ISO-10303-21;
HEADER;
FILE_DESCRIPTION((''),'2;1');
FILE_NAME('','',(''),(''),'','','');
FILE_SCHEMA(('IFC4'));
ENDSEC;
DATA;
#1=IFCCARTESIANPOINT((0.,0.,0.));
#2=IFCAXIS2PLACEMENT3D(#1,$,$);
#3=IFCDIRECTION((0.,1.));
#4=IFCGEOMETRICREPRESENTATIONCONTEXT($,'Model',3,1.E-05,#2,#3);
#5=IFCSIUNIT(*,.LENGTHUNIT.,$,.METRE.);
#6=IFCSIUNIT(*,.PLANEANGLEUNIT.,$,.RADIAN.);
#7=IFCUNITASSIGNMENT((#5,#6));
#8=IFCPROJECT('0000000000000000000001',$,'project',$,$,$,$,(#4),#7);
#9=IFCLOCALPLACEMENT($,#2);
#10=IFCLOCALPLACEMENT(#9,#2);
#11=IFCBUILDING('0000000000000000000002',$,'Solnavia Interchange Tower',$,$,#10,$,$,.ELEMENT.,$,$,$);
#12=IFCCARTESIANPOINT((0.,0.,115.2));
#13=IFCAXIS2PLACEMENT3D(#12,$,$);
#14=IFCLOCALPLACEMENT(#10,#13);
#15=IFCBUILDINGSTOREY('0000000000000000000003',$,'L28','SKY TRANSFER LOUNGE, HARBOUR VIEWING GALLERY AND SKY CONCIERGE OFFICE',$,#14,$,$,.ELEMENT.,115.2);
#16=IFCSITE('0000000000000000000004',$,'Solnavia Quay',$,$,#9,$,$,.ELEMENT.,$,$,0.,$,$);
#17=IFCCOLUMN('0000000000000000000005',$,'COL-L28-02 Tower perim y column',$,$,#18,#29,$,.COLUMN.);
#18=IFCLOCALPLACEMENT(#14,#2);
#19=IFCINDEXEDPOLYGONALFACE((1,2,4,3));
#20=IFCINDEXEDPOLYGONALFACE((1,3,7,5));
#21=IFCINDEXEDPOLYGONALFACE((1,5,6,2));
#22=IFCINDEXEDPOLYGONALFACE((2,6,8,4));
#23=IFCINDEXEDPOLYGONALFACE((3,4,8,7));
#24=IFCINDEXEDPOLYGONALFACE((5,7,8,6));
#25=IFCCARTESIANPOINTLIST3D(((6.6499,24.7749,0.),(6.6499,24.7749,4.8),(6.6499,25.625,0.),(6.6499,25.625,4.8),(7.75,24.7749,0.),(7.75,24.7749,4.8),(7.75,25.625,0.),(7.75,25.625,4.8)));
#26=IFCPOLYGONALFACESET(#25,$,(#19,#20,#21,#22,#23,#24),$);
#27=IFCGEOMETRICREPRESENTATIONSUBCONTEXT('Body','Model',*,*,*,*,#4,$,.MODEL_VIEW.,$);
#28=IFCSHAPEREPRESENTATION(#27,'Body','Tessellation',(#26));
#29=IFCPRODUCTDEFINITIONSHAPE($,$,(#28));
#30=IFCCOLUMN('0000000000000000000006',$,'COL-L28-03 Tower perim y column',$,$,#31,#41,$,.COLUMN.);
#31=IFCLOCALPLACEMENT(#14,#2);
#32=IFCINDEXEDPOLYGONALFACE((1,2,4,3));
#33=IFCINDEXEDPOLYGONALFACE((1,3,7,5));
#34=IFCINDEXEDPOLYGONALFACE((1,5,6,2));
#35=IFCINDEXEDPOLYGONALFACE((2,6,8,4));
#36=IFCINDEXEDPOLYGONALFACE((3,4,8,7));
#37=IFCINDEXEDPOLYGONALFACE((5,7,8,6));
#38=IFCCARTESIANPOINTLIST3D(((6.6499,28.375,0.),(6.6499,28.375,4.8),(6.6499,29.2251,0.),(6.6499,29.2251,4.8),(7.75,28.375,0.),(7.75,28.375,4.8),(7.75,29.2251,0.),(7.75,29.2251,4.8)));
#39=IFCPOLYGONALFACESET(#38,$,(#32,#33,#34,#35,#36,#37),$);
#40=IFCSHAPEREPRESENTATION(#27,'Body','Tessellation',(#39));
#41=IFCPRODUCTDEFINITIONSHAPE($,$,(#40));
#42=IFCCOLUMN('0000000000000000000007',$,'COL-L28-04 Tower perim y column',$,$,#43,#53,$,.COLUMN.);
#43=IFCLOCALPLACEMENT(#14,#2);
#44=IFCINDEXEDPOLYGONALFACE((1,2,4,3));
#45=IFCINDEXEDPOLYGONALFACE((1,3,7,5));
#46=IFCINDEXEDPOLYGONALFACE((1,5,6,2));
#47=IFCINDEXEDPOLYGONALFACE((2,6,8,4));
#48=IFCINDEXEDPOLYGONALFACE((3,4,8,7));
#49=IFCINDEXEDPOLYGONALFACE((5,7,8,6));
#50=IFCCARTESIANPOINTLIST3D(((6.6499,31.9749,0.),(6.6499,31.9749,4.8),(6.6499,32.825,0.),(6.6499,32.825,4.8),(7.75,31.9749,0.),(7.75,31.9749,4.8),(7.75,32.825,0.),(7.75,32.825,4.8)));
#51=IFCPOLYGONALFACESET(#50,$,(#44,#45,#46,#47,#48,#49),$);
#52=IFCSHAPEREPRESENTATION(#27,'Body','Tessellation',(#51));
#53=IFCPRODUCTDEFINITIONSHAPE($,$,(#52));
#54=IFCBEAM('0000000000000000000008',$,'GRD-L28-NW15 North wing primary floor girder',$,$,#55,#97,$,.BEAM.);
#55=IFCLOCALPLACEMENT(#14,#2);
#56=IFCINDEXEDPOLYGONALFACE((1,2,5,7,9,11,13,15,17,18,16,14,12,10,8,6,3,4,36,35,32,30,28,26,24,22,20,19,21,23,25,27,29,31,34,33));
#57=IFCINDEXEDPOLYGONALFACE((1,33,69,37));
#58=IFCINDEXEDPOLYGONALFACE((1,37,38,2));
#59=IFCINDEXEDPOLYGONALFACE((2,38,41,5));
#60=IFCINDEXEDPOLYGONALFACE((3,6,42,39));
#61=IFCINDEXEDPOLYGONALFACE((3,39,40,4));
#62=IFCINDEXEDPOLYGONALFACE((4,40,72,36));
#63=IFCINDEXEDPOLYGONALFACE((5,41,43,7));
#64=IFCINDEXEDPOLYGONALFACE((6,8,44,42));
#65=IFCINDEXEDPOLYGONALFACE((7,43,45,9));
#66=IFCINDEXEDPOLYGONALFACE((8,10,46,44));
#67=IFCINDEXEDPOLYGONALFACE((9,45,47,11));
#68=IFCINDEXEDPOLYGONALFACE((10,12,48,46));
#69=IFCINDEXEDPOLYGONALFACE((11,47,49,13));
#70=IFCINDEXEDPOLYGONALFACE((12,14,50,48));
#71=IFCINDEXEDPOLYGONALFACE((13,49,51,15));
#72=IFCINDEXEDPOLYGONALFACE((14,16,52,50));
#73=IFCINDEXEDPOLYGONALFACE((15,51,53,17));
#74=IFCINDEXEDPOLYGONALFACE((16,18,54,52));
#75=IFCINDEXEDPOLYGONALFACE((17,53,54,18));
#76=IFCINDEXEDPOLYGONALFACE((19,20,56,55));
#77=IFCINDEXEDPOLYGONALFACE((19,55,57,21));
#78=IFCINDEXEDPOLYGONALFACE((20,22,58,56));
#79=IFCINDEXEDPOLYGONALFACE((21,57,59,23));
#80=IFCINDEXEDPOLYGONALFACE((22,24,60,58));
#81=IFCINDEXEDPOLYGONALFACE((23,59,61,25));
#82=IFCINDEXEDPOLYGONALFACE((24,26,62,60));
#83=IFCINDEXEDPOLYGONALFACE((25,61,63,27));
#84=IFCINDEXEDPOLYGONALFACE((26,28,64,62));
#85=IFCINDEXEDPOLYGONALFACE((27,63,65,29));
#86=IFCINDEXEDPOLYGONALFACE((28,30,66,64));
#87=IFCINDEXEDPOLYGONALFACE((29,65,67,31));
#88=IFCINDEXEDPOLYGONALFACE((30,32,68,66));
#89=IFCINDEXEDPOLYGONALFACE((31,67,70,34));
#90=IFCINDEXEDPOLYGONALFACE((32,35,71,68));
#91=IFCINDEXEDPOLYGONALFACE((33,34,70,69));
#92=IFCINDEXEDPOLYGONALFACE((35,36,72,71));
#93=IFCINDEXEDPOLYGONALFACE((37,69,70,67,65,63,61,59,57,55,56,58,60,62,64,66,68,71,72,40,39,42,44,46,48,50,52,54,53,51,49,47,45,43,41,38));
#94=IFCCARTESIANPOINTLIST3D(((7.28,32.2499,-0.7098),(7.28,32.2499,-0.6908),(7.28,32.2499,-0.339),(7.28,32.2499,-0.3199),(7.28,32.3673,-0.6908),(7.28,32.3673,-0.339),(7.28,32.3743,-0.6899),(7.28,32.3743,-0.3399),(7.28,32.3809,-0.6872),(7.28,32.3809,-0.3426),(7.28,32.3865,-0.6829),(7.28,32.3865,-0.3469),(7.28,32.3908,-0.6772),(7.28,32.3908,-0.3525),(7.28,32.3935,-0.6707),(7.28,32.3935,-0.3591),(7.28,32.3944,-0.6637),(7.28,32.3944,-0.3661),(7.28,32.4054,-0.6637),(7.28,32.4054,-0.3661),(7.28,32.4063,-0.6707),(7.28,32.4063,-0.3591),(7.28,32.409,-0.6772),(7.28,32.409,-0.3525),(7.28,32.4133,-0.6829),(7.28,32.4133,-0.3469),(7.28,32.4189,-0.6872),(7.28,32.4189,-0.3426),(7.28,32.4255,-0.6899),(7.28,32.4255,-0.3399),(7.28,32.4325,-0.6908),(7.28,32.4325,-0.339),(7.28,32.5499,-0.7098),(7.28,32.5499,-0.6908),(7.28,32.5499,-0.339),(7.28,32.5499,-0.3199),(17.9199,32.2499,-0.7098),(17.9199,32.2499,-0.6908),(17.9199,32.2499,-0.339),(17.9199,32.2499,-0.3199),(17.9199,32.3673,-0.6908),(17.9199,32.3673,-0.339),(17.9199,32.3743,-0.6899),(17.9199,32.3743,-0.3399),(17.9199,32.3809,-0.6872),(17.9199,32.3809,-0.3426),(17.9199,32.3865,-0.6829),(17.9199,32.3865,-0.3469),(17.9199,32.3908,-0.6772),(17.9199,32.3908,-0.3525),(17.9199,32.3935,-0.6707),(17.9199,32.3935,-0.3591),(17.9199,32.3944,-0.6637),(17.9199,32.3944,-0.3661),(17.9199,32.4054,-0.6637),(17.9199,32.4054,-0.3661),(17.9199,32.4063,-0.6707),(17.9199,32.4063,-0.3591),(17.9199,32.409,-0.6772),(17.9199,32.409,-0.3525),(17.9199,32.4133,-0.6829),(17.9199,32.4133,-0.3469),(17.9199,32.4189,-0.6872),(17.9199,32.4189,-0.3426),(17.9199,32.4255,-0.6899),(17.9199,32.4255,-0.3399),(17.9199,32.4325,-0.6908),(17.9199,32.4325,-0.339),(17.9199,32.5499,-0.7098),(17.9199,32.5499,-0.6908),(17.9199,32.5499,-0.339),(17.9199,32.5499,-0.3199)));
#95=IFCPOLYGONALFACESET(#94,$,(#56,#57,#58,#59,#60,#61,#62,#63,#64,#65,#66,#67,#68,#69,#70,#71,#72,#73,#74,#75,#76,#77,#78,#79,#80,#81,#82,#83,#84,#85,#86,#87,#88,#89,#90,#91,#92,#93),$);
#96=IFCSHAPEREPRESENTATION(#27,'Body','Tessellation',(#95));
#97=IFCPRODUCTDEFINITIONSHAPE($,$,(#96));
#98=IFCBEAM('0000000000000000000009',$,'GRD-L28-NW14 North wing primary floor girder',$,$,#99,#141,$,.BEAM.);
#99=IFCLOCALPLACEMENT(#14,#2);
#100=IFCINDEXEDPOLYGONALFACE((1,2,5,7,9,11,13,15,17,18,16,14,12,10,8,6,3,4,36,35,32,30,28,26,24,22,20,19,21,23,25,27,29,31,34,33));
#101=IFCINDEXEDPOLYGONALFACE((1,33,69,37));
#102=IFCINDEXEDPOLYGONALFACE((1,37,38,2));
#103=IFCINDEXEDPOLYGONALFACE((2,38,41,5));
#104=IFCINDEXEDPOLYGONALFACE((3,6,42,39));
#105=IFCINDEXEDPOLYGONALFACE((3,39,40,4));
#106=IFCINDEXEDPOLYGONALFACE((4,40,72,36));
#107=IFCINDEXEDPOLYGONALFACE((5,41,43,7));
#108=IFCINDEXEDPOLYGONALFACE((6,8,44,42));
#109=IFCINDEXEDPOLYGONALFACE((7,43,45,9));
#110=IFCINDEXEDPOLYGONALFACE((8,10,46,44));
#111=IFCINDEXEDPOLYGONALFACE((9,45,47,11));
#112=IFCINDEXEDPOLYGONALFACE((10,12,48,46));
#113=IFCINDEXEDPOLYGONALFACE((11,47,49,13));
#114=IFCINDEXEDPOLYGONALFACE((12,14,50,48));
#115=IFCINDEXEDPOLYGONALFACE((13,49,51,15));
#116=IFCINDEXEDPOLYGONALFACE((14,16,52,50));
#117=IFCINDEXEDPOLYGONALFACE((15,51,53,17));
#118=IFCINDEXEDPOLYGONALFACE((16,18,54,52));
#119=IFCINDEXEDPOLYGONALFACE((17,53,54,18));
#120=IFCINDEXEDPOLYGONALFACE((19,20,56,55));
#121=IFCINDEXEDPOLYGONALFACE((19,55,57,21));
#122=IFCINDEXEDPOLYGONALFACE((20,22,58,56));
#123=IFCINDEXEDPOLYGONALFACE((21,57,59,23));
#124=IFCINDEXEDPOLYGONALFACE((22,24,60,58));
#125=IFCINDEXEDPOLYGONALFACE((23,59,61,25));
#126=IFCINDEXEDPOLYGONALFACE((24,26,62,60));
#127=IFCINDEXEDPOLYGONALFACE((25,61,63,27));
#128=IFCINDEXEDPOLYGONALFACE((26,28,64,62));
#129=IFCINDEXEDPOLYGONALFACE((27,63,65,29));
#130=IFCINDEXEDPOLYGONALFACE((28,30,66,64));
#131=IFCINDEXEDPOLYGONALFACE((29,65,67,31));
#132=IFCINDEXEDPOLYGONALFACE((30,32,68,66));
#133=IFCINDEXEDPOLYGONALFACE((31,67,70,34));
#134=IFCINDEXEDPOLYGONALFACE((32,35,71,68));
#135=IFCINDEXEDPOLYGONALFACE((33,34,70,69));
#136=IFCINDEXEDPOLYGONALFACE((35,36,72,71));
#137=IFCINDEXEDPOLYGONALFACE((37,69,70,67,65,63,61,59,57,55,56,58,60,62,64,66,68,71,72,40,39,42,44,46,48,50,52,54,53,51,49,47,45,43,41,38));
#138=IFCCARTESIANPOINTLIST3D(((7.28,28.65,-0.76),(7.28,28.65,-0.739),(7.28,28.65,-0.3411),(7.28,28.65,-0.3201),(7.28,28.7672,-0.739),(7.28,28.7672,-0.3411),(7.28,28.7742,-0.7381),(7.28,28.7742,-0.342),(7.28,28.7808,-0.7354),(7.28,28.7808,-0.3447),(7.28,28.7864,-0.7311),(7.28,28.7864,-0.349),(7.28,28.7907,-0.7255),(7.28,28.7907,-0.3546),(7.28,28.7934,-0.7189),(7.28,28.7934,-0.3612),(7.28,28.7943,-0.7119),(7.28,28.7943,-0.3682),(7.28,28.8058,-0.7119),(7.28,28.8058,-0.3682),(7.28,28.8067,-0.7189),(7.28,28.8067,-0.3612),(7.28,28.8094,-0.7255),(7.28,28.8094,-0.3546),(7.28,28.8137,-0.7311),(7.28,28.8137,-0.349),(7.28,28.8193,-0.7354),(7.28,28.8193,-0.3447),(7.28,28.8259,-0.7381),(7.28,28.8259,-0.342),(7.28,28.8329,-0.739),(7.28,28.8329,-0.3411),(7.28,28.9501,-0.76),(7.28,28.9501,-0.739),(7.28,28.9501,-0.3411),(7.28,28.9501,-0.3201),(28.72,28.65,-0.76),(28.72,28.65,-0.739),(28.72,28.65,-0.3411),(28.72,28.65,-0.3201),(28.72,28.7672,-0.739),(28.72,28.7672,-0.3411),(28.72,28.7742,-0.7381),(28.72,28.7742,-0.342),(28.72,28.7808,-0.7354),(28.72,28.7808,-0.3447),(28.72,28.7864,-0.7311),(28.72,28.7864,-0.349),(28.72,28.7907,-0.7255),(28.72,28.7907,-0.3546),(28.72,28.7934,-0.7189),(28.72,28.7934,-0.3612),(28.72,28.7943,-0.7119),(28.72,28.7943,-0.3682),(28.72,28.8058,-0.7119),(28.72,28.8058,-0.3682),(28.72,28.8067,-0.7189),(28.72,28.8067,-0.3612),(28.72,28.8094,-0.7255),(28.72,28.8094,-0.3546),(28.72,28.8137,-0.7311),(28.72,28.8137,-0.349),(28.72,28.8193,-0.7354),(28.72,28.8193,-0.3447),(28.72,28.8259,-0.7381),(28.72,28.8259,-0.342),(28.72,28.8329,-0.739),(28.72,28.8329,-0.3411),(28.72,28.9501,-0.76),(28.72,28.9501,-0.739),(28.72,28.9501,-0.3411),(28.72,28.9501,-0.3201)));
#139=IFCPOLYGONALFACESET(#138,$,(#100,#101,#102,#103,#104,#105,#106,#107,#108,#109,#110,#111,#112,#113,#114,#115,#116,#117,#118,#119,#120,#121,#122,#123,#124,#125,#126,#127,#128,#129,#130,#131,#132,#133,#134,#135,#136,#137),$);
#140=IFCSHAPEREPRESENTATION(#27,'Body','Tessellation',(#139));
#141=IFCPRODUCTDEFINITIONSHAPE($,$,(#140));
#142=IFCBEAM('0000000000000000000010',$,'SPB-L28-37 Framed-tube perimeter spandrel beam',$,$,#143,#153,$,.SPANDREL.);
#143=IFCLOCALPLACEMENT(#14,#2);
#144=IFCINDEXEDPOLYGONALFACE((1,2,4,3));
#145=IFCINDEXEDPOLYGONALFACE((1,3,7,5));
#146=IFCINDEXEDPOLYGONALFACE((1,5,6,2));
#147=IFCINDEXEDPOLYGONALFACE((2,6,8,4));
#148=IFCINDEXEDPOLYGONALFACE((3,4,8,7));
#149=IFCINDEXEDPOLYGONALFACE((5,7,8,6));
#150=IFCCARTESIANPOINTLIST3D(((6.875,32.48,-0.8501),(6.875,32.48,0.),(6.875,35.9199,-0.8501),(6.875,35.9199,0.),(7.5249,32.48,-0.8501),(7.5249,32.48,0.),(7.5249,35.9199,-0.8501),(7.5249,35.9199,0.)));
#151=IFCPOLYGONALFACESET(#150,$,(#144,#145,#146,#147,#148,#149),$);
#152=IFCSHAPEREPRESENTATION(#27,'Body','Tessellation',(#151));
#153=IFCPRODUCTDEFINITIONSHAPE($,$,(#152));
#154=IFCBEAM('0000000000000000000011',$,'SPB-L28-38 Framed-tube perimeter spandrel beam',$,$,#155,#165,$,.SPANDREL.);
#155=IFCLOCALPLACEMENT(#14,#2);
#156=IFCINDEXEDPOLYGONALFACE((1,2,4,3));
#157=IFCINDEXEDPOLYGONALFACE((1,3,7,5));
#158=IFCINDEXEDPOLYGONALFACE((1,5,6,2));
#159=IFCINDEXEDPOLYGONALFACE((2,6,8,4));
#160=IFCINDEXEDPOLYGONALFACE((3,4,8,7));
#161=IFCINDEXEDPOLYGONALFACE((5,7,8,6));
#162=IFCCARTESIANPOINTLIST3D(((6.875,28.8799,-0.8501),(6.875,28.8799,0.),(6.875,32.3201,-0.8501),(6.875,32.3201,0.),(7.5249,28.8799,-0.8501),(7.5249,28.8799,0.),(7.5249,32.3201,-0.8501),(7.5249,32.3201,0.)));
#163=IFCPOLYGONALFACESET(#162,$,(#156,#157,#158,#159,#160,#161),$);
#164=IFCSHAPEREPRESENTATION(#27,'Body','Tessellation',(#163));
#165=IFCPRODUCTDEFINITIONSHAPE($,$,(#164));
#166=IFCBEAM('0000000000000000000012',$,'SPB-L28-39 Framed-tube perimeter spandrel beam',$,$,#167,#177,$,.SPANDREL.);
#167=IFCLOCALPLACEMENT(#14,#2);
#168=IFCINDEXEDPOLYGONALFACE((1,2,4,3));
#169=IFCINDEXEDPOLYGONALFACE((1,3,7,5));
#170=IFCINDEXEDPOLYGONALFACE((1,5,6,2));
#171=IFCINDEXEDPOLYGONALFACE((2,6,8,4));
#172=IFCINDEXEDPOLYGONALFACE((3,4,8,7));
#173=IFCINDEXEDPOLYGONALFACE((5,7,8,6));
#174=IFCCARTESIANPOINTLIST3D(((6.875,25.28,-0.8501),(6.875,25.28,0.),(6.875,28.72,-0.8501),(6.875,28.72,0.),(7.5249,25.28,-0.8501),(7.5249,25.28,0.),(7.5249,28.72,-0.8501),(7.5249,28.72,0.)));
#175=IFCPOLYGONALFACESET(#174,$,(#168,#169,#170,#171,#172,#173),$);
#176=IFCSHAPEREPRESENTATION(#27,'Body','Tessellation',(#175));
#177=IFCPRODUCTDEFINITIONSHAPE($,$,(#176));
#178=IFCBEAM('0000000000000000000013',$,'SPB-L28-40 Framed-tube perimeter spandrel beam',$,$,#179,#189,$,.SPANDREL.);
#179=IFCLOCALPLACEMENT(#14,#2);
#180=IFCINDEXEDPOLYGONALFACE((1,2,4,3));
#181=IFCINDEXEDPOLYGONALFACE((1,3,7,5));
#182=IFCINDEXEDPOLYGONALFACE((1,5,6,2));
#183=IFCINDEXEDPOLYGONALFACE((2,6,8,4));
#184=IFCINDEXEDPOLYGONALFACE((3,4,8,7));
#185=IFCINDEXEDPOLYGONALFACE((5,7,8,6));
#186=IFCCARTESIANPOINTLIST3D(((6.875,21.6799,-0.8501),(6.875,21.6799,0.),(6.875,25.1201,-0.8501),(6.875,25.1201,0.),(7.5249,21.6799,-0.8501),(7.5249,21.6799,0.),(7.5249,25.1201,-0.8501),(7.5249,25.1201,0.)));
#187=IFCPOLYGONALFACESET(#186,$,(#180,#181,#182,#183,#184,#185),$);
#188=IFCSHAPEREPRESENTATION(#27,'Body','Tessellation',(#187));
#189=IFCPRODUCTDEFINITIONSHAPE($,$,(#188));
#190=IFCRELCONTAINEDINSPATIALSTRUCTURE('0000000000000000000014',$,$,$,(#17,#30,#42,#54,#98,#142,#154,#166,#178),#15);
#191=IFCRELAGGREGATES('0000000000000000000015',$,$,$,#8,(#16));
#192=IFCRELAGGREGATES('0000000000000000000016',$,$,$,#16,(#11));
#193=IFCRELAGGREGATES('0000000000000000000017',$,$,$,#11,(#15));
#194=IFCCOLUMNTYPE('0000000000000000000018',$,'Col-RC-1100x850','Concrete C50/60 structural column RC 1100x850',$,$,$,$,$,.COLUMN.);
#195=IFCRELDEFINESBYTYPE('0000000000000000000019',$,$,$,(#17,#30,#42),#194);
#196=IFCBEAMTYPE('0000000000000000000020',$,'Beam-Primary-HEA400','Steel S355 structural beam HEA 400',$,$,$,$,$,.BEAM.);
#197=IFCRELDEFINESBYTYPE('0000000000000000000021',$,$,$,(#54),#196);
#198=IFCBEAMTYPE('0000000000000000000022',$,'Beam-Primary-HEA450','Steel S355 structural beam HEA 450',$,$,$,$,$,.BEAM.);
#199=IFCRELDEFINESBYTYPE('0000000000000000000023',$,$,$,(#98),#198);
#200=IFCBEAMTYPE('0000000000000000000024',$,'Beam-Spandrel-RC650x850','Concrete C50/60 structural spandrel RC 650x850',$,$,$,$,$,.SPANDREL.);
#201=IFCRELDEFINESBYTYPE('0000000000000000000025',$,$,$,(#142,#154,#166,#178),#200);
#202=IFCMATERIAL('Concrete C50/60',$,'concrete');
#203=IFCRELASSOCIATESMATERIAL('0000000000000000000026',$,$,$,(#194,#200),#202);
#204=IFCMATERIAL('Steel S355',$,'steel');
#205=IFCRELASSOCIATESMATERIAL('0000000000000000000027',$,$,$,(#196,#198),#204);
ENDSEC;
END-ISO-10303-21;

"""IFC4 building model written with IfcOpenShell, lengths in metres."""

from ifc_helpers import new_model, si_unit, direction, frame, origin, origin_2d, place, context, subcontext, project, spatial, rectangle, i_section, extrude, material, material_profile, profile_set, type_object, element, save


model = new_model("IFC4")

# Units and contexts
model_context = context("Model", 3, precision=1e-05, world=origin(), true_north=direction((0.0, 1.0)))
body_context = subcontext(model_context, "Body", "Model", "MODEL_VIEW")
ifc_project = project(units=[si_unit("LENGTHUNIT", "METRE"), si_unit("PLANEANGLEUNIT", "RADIAN")], contexts=[model_context])

# Site, building, storey
site_placement = place(None, origin())
site = spatial("IfcSite", under=ifc_project, at=site_placement, Name="Solnavia Quay", CompositionType="ELEMENT", RefElevation=0.0)
building_placement = place(site_placement, origin())
building = spatial("IfcBuilding", under=site, at=building_placement, Name="Solnavia Interchange Tower", CompositionType="ELEMENT")
storey_placement = place(building_placement, frame((0.0, 0.0, 115.2)))
storey = spatial("IfcBuildingStorey", under=building, at=storey_placement, Name="L28", Description="SKY TRANSFER LOUNGE, HARBOUR VIEWING GALLERY AND SKY CONCIERGE OFFICE", CompositionType="ELEMENT", Elevation=115.2)

# Columns
ifc_material_1 = material(Name="Concrete C50/60", Category="concrete")
ifc_material_profile_1 = material_profile(ifc_material_1, rectangle(XDim=0.8501, YDim=1.1001, at=origin_2d()), Name="RC 1100x850")
ifc_profile_set_1 = profile_set([ifc_material_profile_1], Name="Concrete C50/60")
column_type = type_object("IfcColumnType", Name="Col-RC-1100x850", Description="Concrete C50/60 structural column RC 1100x850", PredefinedType="COLUMN", material=ifc_profile_set_1)
for number, where, z_axis, x_axis, name in (
    (1, (7.2, 25.2, 0.0), (0.0, 0.0, 1.0), (0.0, 1.0, 0.0), "COL-L28-02 Tower perim y column"),
    (2, (7.2, 28.8, 0.0), (0.0, 0.0, 1.0), (0.0, 1.0, 0.0), "COL-L28-03 Tower perim y column"),
    (3, (7.2, 32.3999, 0.0), (0.0, 0.0, 1.0), (0.0, 1.0, 0.0), "COL-L28-04 Tower perim y column"),
):
    element("IfcColumn", number, at=place(storey_placement, frame(where, z_axis=z_axis, x_axis=x_axis)), inside=storey, type_object=column_type, Name=name, PredefinedType="COLUMN", context=body_context, shape_type="SweptSolid", body=[
        extrude(rectangle(XDim=0.8501, YDim=1.1001, at=origin_2d()), origin(), (0.0, 0.0, 1.0), 4.8),
    ])

# Beams
ifc_material_2 = material(Name="Steel S355", Category="steel")
ifc_material_profile_2 = material_profile(ifc_material_2, i_section(OverallWidth=0.3, OverallDepth=0.3899, WebThickness=0.011, FlangeThickness=0.019, FilletRadius=0.0271, at=origin_2d()), Name="HEA 400")
ifc_profile_set_2 = profile_set([ifc_material_profile_2], Name="Steel S355")
beam_type_1 = type_object("IfcBeamType", Name="Beam-Primary-HEA400", Description="Steel S355 structural beam HEA 400", PredefinedType="BEAM", material=ifc_profile_set_2)
beam_1_placement = place(storey_placement, frame((7.28, 32.3999, -0.5149), z_axis=(1.0, 0.0, 0.0), x_axis=(0.0, 1.0, 0.0)))
element("IfcBeam", 4, at=beam_1_placement, inside=storey, type_object=beam_type_1, Name="GRD-L28-NW15 North wing primary floor girder", PredefinedType="BEAM", context=body_context, shape_type="SweptSolid", body=[
    extrude(i_section(OverallWidth=0.3, OverallDepth=0.3899, WebThickness=0.011, FlangeThickness=0.019, FilletRadius=0.0271, at=origin_2d()), origin(), (0.0, 0.0, 1.0), 10.6399),
])
ifc_material_profile_3 = material_profile(ifc_material_2, i_section(OverallWidth=0.3, OverallDepth=0.4399, WebThickness=0.0115, FlangeThickness=0.021, FilletRadius=0.0271, at=origin_2d()), Name="HEA 450")
ifc_profile_set_3 = profile_set([ifc_material_profile_3], Name="Steel S355")
beam_type_2 = type_object("IfcBeamType", Name="Beam-Primary-HEA450", Description="Steel S355 structural beam HEA 450", PredefinedType="BEAM", material=ifc_profile_set_3)
beam_2_placement = place(storey_placement, frame((7.28, 28.8, -0.54), z_axis=(1.0, 0.0, 0.0), x_axis=(0.0, 1.0, 0.0)))
element("IfcBeam", 5, at=beam_2_placement, inside=storey, type_object=beam_type_2, Name="GRD-L28-NW14 North wing primary floor girder", PredefinedType="BEAM", context=body_context, shape_type="SweptSolid", body=[
    extrude(i_section(OverallWidth=0.3, OverallDepth=0.4399, WebThickness=0.0115, FlangeThickness=0.021, FilletRadius=0.0271, at=origin_2d()), origin(), (0.0, 0.0, 1.0), 21.4399),
])
ifc_material_profile_4 = material_profile(ifc_material_1, rectangle(XDim=0.6499, YDim=0.8501, at=origin_2d()), Name="RC 650x850")
ifc_profile_set_4 = profile_set([ifc_material_profile_4], Name="Concrete C50/60")
beam_type_3 = type_object("IfcBeamType", Name="Beam-Spandrel-RC650x850", Description="Concrete C50/60 structural spandrel RC 650x850", PredefinedType="SPANDREL", material=ifc_profile_set_4)
beam_3_placement = place(storey_placement, frame((7.2, 35.9199, -0.425), z_axis=(0.0, -1.0, 0.0), x_axis=(1.0, 0.0, 0.0)))
element("IfcBeam", 6, at=beam_3_placement, inside=storey, type_object=beam_type_3, Name="SPB-L28-37 Framed-tube perimeter spandrel beam", PredefinedType="SPANDREL", context=body_context, shape_type="SweptSolid", body=[
    extrude(rectangle(XDim=0.6499, YDim=0.8501, at=origin_2d()), origin(), (0.0, 0.0, 1.0), 3.4399),
])
beam_4_placement = place(storey_placement, frame((7.2, 32.3201, -0.425), z_axis=(0.0, -1.0, 0.0), x_axis=(1.0, 0.0, 0.0)))
element("IfcBeam", 7, at=beam_4_placement, inside=storey, type_object=beam_type_3, Name="SPB-L28-38 Framed-tube perimeter spandrel beam", PredefinedType="SPANDREL", context=body_context, shape_type="SweptSolid", body=[
    extrude(rectangle(XDim=0.6499, YDim=0.8501, at=origin_2d()), origin(), (0.0, 0.0, 1.0), 3.4402),
])
beam_5_placement = place(storey_placement, frame((7.2, 28.72, -0.425), z_axis=(0.0, -1.0, 0.0), x_axis=(1.0, 0.0, 0.0)))
element("IfcBeam", 8, at=beam_5_placement, inside=storey, type_object=beam_type_3, Name="SPB-L28-39 Framed-tube perimeter spandrel beam", PredefinedType="SPANDREL", context=body_context, shape_type="SweptSolid", body=[
    extrude(rectangle(XDim=0.6499, YDim=0.8501, at=origin_2d()), origin(), (0.0, 0.0, 1.0), 3.4399),
])
beam_6_placement = place(storey_placement, frame((7.2, 25.1201, -0.425), z_axis=(0.0, -1.0, 0.0), x_axis=(1.0, 0.0, 0.0)))
element("IfcBeam", 9, at=beam_6_placement, inside=storey, type_object=beam_type_3, Name="SPB-L28-40 Framed-tube perimeter spandrel beam", PredefinedType="SPANDREL", context=body_context, shape_type="SweptSolid", body=[
    extrude(rectangle(XDim=0.6499, YDim=0.8501, at=origin_2d()), origin(), (0.0, 0.0, 1.0), 3.4402),
])

save(model, "model.ifc")
